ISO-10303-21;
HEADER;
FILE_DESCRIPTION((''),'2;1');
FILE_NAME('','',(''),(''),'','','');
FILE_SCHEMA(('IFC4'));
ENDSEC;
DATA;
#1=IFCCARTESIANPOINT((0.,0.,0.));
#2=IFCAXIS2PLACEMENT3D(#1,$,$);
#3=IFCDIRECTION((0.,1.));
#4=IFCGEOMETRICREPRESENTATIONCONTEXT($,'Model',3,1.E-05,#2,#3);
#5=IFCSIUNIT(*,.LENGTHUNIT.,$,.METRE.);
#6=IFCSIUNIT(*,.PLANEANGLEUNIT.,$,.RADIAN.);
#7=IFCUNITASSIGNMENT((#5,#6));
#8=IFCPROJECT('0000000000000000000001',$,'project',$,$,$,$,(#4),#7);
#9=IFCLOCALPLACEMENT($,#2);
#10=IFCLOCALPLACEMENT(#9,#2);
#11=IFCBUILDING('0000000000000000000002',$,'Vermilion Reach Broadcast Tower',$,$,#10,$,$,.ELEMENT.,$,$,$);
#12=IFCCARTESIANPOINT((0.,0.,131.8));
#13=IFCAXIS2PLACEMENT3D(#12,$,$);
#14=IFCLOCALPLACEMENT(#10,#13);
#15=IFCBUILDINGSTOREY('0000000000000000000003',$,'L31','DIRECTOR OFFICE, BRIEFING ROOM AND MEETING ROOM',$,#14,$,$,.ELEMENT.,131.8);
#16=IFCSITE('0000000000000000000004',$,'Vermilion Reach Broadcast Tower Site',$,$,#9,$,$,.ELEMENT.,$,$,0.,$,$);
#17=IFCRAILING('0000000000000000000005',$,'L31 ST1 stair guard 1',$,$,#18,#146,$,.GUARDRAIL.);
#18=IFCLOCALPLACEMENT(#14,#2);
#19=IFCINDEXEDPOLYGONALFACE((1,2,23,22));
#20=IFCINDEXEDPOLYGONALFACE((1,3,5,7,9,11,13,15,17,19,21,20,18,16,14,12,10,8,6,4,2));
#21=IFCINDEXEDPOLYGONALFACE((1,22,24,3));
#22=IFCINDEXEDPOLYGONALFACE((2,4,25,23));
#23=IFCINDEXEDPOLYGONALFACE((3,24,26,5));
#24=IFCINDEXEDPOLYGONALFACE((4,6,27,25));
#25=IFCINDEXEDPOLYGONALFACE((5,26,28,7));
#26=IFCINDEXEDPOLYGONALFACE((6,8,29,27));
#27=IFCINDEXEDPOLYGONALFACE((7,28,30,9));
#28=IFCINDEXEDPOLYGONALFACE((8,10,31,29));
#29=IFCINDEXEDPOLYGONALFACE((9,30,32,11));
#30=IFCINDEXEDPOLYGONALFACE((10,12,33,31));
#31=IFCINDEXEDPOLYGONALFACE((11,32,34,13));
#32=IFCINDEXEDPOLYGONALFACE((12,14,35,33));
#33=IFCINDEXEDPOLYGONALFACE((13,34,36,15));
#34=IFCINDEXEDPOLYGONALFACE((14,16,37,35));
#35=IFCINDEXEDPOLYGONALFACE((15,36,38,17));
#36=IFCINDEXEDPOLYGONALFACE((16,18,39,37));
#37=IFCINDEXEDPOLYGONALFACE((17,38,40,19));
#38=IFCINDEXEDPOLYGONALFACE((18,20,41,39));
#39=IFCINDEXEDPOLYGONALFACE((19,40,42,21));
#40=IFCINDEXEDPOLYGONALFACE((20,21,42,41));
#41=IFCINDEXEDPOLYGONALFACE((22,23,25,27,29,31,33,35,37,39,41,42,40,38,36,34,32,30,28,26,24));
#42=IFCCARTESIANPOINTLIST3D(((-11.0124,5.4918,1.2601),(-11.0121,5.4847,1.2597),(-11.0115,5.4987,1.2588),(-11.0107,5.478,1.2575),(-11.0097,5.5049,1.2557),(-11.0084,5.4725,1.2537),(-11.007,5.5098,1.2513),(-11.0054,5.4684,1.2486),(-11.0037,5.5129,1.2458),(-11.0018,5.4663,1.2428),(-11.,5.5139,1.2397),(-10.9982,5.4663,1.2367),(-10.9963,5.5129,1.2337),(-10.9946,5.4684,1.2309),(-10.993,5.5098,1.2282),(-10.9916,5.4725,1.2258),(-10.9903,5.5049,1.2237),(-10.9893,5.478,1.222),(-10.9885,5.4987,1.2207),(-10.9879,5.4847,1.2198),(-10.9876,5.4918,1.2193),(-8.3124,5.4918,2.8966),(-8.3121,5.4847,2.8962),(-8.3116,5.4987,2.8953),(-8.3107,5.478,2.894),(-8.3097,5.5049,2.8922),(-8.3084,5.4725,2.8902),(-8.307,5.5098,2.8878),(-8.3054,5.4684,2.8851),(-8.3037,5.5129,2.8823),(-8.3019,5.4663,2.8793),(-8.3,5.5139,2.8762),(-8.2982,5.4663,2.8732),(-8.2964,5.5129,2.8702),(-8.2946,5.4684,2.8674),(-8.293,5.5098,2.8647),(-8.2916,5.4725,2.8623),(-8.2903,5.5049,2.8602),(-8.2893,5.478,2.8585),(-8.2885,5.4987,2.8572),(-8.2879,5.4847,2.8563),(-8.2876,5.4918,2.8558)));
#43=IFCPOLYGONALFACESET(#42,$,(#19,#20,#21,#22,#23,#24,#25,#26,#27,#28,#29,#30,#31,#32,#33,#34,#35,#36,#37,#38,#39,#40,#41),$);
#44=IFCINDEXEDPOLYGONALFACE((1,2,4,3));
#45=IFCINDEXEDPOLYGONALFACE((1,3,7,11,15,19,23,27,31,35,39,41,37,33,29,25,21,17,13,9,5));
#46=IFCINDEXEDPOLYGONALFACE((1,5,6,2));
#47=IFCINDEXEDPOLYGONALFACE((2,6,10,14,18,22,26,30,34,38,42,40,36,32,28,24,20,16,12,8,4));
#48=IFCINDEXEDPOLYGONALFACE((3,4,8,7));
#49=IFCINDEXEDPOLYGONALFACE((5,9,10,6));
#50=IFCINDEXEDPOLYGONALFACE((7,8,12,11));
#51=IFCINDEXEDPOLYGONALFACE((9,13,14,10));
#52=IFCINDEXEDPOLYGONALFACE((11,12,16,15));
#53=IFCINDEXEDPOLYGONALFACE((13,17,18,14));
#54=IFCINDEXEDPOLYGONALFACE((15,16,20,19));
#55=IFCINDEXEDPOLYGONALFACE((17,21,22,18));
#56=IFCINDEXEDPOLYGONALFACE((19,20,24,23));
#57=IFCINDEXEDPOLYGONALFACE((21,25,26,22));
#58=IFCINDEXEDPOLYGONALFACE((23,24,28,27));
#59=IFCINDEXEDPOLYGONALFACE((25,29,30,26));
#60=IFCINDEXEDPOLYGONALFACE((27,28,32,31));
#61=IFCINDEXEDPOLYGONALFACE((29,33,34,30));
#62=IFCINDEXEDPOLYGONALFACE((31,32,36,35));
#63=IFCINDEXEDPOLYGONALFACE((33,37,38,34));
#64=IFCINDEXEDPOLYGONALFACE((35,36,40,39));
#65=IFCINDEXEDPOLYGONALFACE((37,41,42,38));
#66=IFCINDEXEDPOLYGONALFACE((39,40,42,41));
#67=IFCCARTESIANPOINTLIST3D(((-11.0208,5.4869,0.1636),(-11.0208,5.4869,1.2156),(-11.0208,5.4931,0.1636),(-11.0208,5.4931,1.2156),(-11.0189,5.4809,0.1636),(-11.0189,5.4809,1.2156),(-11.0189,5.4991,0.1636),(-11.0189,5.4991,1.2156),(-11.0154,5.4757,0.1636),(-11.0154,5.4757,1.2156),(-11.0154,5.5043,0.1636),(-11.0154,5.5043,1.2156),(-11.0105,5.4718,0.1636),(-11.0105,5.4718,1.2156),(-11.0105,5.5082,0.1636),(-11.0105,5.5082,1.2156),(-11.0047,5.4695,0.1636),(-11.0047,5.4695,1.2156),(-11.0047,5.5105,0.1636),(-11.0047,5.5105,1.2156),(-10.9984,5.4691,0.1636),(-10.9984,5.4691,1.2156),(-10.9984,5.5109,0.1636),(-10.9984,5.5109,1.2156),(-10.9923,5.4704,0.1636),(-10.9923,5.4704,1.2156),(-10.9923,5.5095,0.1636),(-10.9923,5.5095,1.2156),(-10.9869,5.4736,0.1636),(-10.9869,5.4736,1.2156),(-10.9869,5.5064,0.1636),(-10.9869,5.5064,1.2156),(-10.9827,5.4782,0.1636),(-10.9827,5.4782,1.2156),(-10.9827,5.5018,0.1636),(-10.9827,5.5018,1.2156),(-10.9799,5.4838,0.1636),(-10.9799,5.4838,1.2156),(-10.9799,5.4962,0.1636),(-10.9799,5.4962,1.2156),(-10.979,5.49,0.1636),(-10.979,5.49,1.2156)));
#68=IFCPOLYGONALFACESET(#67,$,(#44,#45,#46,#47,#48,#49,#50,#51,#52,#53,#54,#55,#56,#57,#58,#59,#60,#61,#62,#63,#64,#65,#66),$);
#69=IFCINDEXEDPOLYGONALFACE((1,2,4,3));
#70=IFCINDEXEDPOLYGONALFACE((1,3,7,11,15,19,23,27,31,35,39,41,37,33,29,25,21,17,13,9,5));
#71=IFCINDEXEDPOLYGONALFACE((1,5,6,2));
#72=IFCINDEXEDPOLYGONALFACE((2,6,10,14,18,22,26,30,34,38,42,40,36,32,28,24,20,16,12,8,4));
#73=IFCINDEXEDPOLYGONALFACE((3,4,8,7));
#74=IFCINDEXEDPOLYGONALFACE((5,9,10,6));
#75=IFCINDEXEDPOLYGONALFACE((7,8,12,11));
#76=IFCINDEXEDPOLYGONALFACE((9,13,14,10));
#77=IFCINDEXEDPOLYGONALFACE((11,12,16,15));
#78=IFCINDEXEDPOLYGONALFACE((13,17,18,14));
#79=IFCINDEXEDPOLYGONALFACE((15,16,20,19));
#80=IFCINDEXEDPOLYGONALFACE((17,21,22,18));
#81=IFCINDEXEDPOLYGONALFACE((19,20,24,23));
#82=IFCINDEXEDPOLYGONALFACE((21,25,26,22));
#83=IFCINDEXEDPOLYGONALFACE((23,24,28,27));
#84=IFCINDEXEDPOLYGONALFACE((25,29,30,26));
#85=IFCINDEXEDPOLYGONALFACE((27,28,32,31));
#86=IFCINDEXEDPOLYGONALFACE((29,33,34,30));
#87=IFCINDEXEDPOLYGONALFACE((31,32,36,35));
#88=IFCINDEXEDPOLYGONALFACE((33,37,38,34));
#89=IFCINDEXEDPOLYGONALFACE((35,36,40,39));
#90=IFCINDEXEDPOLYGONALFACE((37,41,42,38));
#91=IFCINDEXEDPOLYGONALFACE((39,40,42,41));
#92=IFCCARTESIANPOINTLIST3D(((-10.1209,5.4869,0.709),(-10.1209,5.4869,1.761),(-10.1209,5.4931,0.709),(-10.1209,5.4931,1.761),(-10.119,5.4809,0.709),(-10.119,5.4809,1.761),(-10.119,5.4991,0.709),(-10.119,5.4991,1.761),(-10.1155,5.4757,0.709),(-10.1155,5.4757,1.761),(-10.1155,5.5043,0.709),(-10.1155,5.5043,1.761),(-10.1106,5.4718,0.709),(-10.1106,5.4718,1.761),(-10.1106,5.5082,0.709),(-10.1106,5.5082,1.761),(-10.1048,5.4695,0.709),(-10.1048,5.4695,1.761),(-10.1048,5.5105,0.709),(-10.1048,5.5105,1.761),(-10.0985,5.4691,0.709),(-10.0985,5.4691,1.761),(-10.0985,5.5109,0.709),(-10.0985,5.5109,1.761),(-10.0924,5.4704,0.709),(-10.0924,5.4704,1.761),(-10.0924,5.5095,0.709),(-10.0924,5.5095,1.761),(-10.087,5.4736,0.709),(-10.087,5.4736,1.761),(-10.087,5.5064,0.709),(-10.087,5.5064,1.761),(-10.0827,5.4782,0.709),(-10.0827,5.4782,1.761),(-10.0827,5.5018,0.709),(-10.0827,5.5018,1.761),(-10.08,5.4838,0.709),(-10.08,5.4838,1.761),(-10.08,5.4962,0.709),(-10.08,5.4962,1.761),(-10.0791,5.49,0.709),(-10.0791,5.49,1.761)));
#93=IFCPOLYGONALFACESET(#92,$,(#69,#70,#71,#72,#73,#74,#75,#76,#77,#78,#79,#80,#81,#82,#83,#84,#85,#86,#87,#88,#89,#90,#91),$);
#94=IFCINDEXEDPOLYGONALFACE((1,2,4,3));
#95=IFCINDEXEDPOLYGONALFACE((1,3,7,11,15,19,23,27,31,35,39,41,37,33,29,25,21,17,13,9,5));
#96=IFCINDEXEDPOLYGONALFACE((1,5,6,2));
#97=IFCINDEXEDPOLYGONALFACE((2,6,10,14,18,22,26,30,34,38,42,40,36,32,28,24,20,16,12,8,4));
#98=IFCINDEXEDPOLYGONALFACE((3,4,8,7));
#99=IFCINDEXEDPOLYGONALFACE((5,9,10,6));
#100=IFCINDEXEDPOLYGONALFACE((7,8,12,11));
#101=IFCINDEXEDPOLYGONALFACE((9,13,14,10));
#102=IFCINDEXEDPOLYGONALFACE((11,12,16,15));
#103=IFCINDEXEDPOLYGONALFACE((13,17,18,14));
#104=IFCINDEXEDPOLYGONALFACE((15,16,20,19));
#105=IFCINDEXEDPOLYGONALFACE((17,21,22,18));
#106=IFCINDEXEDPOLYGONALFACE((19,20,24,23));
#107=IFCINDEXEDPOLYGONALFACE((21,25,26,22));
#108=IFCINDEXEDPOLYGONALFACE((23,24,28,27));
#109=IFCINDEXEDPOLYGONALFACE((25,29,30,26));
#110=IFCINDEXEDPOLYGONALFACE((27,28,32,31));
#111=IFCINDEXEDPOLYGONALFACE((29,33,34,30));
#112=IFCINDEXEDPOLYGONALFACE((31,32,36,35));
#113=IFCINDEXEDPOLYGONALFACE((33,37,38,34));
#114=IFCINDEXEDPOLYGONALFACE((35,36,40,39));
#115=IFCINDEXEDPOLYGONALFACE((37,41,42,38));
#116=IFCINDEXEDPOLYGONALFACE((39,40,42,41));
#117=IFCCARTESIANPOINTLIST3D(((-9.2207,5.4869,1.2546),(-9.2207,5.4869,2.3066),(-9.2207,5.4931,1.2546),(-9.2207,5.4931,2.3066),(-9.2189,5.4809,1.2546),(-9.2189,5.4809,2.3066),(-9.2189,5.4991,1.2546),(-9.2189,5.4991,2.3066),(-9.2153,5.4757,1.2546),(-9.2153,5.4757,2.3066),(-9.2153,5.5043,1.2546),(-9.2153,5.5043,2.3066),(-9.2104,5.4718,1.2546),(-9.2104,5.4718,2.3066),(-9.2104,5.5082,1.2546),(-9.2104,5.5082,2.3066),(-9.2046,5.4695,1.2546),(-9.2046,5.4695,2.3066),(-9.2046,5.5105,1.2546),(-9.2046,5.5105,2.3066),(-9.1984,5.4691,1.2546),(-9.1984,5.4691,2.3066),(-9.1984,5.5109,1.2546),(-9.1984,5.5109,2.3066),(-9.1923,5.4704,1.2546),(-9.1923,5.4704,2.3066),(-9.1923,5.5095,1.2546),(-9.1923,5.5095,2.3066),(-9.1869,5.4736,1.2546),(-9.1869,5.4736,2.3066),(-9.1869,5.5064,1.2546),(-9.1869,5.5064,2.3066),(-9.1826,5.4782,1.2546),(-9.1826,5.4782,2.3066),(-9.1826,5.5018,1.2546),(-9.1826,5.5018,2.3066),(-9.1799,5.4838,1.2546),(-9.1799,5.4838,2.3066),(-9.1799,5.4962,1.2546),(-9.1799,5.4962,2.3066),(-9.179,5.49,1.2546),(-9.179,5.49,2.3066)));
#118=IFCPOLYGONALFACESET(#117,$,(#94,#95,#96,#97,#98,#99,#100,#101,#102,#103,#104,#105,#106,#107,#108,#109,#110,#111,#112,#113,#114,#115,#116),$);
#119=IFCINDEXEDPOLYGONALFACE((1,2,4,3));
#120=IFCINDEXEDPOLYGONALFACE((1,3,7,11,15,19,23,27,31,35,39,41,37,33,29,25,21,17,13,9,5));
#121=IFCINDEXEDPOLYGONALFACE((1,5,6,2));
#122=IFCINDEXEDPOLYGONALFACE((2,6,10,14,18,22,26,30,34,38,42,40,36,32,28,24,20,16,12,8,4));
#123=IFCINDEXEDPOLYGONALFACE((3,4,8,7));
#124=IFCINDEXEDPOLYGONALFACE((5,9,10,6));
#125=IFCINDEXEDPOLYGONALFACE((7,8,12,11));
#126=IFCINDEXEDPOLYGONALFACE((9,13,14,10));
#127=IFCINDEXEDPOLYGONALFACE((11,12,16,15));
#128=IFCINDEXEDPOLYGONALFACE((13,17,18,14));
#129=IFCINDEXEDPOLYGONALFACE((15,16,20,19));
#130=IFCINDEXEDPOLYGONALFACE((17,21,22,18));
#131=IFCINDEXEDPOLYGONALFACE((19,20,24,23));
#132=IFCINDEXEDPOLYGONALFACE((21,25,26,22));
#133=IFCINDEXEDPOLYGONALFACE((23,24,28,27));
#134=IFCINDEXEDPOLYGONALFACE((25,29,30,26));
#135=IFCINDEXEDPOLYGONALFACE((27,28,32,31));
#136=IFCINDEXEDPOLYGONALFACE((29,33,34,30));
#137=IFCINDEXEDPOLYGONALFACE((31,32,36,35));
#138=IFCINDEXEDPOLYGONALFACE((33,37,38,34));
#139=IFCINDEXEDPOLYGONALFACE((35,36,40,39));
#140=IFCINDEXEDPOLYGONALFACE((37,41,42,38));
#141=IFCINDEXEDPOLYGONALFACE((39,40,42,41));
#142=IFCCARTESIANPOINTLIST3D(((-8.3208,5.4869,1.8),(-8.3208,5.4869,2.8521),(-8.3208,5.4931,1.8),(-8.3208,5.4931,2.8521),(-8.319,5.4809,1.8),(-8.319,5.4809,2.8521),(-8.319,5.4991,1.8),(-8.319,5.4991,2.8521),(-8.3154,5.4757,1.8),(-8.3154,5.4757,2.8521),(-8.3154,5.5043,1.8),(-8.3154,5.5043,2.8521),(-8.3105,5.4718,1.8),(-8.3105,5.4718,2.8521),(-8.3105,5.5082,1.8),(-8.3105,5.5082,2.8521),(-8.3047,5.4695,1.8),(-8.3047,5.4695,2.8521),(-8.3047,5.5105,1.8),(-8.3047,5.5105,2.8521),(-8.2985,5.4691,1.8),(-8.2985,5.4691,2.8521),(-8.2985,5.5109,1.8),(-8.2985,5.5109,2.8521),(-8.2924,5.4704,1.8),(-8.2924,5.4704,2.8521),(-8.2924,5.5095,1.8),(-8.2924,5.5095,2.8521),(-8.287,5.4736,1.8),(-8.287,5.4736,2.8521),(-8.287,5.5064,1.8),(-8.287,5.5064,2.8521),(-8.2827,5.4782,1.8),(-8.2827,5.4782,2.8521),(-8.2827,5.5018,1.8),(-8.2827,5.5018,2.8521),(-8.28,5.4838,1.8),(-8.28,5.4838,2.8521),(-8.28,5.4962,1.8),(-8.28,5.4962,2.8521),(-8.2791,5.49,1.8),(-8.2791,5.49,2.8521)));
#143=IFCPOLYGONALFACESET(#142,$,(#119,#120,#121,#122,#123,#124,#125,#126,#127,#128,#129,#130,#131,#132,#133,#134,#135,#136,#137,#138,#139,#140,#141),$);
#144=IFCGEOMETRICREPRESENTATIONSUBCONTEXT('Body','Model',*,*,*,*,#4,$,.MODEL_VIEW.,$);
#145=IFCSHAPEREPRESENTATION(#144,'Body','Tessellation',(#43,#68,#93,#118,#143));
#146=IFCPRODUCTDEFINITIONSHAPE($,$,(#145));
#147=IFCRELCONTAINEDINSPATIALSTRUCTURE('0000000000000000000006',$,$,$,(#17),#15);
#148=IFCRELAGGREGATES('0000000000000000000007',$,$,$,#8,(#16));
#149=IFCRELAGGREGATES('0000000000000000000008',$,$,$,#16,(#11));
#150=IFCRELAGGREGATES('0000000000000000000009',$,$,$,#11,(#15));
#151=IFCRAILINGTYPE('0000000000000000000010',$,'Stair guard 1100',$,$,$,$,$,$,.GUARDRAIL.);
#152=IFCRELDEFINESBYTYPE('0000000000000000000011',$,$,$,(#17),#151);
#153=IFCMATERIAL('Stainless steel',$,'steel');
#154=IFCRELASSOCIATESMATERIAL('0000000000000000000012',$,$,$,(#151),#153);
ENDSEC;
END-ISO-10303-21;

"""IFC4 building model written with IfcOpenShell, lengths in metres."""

from ifc_helpers import new_model, si_unit, direction, frame, origin, origin_2d, place, context, subcontext, project, spatial, circle, extrude, material, type_object, element, save


model = new_model("IFC4")

# Units and contexts
model_context = context("Model", 3, precision=1e-05, world=origin(), true_north=direction((0.0, 1.0)))
body_context = subcontext(model_context, "Body", "Model", "MODEL_VIEW")
ifc_project = project(units=[si_unit("LENGTHUNIT", "METRE"), si_unit("PLANEANGLEUNIT", "RADIAN")], contexts=[model_context])

# Site, building, storey
site_placement = place(None, origin())
site = spatial("IfcSite", under=ifc_project, at=site_placement, Name="Vermilion Reach Broadcast Tower Site", CompositionType="ELEMENT", RefElevation=0.0)
building_placement = place(site_placement, origin())
building = spatial("IfcBuilding", under=site, at=building_placement, Name="Vermilion Reach Broadcast Tower", CompositionType="ELEMENT")
storey_placement = place(building_placement, frame((0.0, 0.0, 131.8)))
storey = spatial("IfcBuildingStorey", under=building, at=storey_placement, Name="L31", Description="DIRECTOR OFFICE, BRIEFING ROOM AND MEETING ROOM", CompositionType="ELEMENT", Elevation=131.8)

# Railing
ifc_material_1 = material(Name="Stainless steel", Category="steel")
railing_type_1 = type_object("IfcRailingType", Name="Stair guard 1100", PredefinedType="GUARDRAIL", material=ifc_material_1)
railing_1_placement = place(storey_placement, frame((-11.0, 5.49, 0.1636)))
element("IfcRailing", 1, at=railing_1_placement, inside=storey, type_object=railing_type_1, Name="L31 ST1 stair guard 1", PredefinedType="GUARDRAIL", context=body_context, shape_type="SweptSolid", body=[
    extrude(circle(Radius=0.0239, at=origin_2d()), frame((0.0, 0.0, 1.0762), z_axis=(0.855178, 0.0, 0.518334), x_axis=(0.0, 1.0, 0.0)), (0.0, 0.0, 1.0), 3.1572),
    extrude(circle(Radius=0.021, at=origin_2d()), origin(), (0.0, 0.0, 1.0), 1.052),
    extrude(circle(Radius=0.021, at=origin_2d()), frame((0.8999, 0.0, 0.5454)), (0.0, 0.0, 1.0), 1.052),
    extrude(circle(Radius=0.021, at=origin_2d()), frame((1.8, 0.0, 1.0911)), (0.0, 0.0, 1.0), 1.052),
    extrude(circle(Radius=0.021, at=origin_2d()), frame((2.7, 0.0, 1.6365)), (0.0, 0.0, 1.0), 1.052),
])

save(model, "model.ifc")
